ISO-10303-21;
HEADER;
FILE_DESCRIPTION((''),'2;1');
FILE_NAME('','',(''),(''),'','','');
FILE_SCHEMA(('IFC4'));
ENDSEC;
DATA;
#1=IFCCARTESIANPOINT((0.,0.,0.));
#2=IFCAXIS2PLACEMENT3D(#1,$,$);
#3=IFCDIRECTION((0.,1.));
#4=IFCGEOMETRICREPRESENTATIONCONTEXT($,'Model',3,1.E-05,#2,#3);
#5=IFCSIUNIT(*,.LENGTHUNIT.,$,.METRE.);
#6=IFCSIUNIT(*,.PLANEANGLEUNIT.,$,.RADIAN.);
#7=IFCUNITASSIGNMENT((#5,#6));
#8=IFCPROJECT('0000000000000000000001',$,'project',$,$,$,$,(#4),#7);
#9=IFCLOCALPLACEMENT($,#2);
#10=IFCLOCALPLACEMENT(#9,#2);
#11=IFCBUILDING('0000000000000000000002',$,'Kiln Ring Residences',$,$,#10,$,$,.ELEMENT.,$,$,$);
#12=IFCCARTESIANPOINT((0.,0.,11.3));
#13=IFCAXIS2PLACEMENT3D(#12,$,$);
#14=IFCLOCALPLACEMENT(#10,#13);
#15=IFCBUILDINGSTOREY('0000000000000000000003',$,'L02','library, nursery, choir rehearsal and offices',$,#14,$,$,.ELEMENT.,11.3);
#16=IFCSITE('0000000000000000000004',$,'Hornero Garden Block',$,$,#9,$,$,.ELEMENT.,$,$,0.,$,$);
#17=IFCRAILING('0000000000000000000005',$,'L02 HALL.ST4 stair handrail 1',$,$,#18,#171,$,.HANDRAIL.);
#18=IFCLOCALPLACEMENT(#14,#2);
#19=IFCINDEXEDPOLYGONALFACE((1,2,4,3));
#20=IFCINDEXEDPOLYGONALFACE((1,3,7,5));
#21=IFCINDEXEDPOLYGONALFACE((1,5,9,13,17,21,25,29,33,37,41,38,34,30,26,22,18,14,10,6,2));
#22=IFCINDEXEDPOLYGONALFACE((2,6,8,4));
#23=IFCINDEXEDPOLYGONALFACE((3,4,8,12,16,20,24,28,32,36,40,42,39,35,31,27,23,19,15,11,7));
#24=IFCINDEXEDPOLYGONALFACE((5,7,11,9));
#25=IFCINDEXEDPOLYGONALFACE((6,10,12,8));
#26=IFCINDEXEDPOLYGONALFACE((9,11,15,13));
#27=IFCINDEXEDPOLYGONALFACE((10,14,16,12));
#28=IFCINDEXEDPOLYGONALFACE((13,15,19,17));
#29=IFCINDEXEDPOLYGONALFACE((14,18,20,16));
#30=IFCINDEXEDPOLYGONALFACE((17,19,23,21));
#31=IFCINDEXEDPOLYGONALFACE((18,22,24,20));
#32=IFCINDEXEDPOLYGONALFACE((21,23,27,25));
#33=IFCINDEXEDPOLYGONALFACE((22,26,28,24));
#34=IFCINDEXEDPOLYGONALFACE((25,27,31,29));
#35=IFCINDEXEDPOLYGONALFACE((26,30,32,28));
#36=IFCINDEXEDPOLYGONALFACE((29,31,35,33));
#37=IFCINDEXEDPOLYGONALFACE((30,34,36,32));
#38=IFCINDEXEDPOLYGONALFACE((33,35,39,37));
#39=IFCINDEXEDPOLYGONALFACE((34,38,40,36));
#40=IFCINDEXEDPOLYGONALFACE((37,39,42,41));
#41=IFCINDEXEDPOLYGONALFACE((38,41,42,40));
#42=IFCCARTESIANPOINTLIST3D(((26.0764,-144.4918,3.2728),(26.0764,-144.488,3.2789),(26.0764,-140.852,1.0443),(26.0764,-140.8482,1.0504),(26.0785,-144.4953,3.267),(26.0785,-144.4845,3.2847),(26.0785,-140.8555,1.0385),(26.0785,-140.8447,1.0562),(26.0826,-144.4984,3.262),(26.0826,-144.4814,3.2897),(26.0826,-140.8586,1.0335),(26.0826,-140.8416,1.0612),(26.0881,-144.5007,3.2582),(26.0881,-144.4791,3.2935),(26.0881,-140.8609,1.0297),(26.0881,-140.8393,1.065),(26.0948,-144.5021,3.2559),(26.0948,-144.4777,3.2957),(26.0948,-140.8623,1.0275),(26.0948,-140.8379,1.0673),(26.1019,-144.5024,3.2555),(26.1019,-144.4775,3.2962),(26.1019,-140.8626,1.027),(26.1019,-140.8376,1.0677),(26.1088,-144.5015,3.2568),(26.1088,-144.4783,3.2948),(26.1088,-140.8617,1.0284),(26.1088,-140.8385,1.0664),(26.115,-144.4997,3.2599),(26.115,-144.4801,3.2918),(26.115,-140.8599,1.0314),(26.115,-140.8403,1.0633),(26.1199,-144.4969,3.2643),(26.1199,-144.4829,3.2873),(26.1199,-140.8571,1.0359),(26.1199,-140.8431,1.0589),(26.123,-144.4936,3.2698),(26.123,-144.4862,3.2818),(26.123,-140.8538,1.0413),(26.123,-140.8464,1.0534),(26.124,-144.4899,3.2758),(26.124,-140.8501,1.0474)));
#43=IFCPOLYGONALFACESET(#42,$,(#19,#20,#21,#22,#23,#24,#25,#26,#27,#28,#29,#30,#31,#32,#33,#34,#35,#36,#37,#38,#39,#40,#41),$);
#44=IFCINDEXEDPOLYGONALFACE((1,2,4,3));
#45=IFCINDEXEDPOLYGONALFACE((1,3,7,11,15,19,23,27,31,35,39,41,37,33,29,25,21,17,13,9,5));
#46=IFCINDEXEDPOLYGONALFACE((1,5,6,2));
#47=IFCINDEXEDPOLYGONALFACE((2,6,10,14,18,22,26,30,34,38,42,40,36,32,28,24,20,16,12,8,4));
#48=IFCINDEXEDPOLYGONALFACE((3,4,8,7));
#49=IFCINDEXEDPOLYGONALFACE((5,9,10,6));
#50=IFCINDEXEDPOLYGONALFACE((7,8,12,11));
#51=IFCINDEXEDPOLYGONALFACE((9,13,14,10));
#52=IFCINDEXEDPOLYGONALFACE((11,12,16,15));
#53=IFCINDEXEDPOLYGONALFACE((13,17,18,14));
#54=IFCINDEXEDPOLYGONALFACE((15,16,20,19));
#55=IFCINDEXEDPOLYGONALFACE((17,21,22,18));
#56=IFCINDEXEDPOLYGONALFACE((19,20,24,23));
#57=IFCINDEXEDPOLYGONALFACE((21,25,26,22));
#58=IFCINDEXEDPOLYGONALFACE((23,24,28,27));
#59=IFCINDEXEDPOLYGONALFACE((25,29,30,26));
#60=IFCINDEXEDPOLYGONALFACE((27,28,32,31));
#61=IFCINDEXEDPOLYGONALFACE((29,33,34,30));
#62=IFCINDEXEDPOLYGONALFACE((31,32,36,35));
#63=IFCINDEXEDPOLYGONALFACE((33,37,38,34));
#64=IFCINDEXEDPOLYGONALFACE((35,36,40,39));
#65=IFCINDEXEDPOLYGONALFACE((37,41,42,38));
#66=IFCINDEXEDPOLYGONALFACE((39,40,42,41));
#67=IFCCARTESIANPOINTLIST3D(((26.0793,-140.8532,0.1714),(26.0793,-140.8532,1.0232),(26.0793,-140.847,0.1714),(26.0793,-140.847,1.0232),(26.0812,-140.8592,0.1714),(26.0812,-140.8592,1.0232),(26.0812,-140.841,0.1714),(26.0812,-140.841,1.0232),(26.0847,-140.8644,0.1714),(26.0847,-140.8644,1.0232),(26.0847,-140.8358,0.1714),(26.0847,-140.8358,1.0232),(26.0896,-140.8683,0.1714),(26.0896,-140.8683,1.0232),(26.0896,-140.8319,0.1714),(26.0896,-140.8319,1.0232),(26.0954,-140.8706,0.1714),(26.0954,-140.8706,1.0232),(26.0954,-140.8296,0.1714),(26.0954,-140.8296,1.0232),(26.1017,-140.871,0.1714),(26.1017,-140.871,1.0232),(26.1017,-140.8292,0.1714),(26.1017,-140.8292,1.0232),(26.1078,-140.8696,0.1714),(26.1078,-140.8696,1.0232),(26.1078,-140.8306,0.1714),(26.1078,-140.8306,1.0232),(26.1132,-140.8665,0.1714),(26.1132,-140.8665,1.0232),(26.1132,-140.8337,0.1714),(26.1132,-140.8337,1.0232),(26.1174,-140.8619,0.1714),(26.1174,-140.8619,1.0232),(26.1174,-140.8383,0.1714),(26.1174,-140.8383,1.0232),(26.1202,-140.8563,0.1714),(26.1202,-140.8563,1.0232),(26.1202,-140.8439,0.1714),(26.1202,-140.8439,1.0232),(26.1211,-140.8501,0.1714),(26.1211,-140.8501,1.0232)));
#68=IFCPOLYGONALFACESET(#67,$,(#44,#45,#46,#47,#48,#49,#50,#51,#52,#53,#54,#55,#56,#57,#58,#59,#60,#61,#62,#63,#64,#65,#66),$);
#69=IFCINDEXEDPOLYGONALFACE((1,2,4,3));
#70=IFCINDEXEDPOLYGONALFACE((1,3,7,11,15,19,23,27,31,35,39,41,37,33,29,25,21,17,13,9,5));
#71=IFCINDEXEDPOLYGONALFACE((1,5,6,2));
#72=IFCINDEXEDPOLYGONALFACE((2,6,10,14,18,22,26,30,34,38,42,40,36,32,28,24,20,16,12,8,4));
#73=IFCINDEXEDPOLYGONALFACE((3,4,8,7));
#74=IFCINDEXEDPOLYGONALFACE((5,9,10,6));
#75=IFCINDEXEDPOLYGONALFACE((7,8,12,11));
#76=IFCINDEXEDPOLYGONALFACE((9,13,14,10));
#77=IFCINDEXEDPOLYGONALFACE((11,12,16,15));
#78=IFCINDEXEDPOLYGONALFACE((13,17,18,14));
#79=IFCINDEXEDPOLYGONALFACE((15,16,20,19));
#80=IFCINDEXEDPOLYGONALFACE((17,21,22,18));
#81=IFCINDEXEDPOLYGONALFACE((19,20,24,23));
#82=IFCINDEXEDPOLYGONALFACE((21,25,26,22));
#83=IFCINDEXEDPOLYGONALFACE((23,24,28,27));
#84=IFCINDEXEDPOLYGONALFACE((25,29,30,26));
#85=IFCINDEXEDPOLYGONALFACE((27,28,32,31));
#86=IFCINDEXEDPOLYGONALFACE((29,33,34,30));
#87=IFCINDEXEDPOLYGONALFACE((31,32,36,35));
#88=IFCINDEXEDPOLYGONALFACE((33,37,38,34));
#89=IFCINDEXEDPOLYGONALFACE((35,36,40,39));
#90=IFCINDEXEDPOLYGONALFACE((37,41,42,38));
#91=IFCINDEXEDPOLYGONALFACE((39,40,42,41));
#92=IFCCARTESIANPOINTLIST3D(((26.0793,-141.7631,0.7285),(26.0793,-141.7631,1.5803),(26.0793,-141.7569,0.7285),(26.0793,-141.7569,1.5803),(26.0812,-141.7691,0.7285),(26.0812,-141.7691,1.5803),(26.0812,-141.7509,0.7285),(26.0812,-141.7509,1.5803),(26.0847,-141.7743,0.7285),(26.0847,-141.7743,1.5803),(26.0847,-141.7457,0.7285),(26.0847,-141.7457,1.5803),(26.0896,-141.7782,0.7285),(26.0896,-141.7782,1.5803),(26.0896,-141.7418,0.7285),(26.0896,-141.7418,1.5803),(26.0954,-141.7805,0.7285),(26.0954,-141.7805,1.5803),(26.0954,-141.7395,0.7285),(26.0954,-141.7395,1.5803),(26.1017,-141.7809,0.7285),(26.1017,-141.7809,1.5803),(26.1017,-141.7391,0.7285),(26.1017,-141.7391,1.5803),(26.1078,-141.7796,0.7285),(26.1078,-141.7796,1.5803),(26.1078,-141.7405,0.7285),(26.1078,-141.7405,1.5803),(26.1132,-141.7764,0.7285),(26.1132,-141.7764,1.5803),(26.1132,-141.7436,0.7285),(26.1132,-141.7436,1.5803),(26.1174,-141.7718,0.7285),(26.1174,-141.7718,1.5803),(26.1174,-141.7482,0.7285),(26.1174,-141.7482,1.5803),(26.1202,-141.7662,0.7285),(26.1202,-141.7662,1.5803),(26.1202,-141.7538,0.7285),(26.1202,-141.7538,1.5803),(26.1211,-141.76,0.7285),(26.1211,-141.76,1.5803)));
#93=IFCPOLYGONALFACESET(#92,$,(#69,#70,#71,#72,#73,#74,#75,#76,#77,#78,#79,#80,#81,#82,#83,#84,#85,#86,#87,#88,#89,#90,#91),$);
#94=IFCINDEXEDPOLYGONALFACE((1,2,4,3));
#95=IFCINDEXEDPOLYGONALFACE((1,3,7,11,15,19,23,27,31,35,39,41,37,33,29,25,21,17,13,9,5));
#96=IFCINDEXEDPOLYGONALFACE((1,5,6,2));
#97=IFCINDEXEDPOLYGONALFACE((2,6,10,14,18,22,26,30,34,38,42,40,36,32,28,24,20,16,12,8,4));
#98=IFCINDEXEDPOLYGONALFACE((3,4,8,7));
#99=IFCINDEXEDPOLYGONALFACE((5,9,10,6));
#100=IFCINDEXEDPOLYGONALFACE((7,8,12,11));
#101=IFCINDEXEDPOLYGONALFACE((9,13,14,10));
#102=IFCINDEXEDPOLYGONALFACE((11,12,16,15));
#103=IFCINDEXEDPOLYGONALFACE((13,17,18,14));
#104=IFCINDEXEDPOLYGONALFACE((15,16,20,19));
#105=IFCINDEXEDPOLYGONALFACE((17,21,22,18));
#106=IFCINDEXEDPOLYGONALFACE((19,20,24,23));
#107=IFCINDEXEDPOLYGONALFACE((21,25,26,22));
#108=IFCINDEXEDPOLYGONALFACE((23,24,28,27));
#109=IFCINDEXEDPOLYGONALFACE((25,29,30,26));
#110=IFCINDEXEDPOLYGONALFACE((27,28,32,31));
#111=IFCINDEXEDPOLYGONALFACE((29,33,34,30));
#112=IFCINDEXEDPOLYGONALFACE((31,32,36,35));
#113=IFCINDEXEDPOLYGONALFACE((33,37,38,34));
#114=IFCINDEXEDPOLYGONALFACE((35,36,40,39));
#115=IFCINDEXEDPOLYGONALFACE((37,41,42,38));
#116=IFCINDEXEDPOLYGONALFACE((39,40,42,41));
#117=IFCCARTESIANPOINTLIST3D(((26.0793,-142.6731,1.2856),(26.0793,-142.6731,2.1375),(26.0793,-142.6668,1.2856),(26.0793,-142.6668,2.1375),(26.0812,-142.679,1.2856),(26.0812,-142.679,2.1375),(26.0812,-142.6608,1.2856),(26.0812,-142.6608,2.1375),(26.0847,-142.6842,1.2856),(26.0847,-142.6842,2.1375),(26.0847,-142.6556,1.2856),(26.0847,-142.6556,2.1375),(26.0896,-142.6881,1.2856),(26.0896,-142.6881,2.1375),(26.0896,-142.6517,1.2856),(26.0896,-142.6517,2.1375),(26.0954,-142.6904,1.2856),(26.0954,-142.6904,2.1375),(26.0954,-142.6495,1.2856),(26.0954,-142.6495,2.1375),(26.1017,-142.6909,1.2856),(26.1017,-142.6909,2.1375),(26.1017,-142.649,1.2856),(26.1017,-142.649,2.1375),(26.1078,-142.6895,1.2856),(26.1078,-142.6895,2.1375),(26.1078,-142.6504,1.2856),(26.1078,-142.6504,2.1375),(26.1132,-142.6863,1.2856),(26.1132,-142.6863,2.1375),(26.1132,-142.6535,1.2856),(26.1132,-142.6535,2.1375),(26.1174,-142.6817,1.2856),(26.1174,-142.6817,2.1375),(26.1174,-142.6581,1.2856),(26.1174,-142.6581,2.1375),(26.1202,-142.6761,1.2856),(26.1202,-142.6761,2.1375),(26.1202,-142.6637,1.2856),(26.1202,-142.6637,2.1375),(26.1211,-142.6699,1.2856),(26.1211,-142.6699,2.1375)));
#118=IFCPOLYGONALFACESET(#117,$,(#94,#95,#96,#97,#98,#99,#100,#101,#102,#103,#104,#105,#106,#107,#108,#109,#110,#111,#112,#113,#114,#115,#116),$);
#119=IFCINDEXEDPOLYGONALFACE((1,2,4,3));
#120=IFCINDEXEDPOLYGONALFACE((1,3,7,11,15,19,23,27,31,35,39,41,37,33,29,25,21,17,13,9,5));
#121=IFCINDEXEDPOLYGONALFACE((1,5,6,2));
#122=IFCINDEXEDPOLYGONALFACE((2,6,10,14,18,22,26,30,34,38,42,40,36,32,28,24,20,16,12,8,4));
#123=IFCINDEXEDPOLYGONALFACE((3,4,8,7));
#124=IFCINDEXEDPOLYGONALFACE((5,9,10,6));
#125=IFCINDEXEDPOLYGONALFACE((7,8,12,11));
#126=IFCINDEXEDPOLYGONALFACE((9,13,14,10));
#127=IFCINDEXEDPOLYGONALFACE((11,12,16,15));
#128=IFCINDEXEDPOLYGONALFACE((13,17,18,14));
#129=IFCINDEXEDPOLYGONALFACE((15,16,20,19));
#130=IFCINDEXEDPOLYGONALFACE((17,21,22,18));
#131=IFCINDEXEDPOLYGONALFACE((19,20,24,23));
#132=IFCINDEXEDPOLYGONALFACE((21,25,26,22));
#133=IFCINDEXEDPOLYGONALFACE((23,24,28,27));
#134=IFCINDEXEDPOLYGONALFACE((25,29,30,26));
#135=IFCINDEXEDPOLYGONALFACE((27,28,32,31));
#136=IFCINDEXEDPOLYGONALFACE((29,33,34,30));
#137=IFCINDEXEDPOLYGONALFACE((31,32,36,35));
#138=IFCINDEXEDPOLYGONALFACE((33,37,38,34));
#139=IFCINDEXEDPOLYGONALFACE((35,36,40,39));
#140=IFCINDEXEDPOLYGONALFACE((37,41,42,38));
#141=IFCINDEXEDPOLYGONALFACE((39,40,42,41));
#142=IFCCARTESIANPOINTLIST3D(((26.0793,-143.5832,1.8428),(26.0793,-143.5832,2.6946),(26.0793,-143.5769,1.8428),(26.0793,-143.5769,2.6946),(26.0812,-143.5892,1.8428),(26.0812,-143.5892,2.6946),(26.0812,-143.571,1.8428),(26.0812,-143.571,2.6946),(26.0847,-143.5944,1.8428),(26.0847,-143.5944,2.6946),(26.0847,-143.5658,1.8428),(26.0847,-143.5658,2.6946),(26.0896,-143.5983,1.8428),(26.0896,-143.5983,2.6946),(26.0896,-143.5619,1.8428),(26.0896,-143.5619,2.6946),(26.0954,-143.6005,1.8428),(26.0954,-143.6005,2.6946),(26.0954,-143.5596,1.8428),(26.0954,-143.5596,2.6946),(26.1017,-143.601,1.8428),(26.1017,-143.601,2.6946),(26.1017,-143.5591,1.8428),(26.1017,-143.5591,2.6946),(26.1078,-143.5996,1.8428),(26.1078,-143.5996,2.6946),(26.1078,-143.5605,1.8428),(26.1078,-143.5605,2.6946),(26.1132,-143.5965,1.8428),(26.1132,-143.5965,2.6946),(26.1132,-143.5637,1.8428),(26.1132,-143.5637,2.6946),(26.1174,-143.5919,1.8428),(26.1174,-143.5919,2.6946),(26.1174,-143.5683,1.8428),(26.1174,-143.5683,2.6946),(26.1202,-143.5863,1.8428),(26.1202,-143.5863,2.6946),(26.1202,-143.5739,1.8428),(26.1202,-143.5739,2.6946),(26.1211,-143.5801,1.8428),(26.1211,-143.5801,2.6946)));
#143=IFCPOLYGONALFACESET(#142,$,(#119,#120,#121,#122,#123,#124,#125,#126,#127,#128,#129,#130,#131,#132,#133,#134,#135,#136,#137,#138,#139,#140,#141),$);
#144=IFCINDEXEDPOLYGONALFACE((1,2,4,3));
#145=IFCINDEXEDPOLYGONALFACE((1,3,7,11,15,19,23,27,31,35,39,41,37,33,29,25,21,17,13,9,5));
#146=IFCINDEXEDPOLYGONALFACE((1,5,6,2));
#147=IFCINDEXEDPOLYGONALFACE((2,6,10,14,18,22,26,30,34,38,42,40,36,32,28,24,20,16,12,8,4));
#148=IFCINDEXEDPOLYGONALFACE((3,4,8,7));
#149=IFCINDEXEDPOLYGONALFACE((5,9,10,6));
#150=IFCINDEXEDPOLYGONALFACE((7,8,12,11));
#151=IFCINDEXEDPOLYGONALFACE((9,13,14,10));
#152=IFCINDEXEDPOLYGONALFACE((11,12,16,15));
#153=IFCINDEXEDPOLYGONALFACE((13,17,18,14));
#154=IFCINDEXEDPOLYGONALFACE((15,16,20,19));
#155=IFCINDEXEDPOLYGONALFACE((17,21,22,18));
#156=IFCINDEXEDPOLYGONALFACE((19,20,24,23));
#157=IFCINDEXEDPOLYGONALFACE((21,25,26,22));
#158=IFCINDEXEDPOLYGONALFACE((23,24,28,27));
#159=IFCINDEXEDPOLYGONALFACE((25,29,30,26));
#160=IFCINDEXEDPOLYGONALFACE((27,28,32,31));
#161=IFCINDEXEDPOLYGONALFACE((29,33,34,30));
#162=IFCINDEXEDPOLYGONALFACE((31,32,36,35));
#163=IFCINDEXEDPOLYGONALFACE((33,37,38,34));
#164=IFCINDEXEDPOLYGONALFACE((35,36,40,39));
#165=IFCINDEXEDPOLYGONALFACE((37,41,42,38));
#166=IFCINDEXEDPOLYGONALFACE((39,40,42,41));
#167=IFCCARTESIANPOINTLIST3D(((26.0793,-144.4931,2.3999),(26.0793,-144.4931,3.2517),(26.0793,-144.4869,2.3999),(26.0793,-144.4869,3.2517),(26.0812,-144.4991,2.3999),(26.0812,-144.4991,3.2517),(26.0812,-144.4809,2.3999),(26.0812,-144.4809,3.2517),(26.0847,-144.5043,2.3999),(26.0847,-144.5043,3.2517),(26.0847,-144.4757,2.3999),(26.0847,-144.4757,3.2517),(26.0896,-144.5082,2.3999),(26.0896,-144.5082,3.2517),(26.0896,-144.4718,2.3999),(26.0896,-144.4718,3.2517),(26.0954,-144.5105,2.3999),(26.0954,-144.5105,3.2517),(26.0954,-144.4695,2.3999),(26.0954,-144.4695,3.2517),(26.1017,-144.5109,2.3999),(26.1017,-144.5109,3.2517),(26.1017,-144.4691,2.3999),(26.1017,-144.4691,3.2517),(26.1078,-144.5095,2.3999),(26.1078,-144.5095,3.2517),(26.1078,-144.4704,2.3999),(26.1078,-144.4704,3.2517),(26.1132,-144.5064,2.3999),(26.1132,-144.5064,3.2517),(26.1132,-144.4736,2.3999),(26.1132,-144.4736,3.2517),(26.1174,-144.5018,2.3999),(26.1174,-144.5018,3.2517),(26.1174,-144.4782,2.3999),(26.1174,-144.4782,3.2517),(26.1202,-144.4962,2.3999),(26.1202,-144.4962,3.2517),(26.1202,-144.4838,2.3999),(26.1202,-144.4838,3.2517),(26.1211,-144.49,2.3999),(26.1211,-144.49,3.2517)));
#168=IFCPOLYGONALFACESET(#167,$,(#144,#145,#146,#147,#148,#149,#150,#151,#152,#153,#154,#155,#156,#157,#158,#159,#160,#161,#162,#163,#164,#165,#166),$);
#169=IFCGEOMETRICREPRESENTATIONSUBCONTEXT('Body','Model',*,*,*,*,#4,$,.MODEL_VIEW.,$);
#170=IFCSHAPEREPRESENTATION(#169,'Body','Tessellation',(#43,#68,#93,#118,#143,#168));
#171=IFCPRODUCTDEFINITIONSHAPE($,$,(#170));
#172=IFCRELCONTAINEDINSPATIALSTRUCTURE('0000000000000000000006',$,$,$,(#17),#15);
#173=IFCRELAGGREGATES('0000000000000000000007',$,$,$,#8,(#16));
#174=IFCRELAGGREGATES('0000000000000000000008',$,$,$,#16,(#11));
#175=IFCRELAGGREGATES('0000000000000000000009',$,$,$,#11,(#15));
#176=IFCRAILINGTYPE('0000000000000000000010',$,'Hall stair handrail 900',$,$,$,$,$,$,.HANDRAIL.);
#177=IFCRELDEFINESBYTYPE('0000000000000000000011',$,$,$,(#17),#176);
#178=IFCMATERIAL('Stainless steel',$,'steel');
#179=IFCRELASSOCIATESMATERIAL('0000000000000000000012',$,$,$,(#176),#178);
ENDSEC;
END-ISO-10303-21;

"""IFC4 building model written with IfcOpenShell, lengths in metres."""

from ifc_helpers import new_model, si_unit, direction, frame, origin, origin_2d, place, context, subcontext, project, spatial, circle, extrude, material, type_object, element, save


model = new_model("IFC4")

# Units and contexts
model_context = context("Model", 3, precision=1e-05, world=origin(), true_north=direction((0.0, 1.0)))
body_context = subcontext(model_context, "Body", "Model", "MODEL_VIEW")
ifc_project = project(units=[si_unit("LENGTHUNIT", "METRE"), si_unit("PLANEANGLEUNIT", "RADIAN")], contexts=[model_context])

# Site, building, storey
site_placement = place(None, origin())
site = spatial("IfcSite", under=ifc_project, at=site_placement, Name="Hornero Garden Block", CompositionType="ELEMENT", RefElevation=0.0)
building_placement = place(site_placement, origin())
building = spatial("IfcBuilding", under=site, at=building_placement, Name="Kiln Ring Residences", CompositionType="ELEMENT")
storey_placement = place(building_placement, frame((0.0, 0.0, 11.3)))
storey = spatial("IfcBuildingStorey", under=building, at=storey_placement, Name="L02", Description="library, nursery, choir rehearsal and offices", CompositionType="ELEMENT", Elevation=11.3)

# Railing
ifc_material_1 = material(Name="Stainless steel", Category="steel")
railing_type_1 = type_object("IfcRailingType", Name="Hall stair handrail 900", PredefinedType="HANDRAIL", material=ifc_material_1)
railing_1_placement = place(storey_placement, frame((26.1001, -140.8501, 0.1714)))
element("IfcRailing", 1, at=railing_1_placement, inside=storey, type_object=railing_type_1, Name="L02 HALL.ST4 stair handrail 1", PredefinedType="HANDRAIL", context=body_context, shape_type="SweptSolid", body=[
    extrude(circle(Radius=0.0239, at=origin_2d()), frame((0.0, 0.0, 0.876), z_axis=(0.0, -0.85285, 0.522156), x_axis=(1.0, 0.0, 0.0)), (0.0, 0.0, 1.0), 4.2678),
    extrude(circle(Radius=0.021, at=origin_2d()), origin(), (0.0, 0.0, 1.0), 0.8518),
    extrude(circle(Radius=0.021, at=origin_2d()), frame((0.0, -0.9099, 0.5571)), (0.0, 0.0, 1.0), 0.8518),
    extrude(circle(Radius=0.021, at=origin_2d()), frame((0.0, -1.8198, 1.1143)), (0.0, 0.0, 1.0), 0.8518),
    extrude(circle(Radius=0.021, at=origin_2d()), frame((0.0, -2.73, 1.6714)), (0.0, 0.0, 1.0), 0.8518),
    extrude(circle(Radius=0.021, at=origin_2d()), frame((0.0, -3.6399, 2.2285)), (0.0, 0.0, 1.0), 0.8518),
])

save(model, "model.ifc")
